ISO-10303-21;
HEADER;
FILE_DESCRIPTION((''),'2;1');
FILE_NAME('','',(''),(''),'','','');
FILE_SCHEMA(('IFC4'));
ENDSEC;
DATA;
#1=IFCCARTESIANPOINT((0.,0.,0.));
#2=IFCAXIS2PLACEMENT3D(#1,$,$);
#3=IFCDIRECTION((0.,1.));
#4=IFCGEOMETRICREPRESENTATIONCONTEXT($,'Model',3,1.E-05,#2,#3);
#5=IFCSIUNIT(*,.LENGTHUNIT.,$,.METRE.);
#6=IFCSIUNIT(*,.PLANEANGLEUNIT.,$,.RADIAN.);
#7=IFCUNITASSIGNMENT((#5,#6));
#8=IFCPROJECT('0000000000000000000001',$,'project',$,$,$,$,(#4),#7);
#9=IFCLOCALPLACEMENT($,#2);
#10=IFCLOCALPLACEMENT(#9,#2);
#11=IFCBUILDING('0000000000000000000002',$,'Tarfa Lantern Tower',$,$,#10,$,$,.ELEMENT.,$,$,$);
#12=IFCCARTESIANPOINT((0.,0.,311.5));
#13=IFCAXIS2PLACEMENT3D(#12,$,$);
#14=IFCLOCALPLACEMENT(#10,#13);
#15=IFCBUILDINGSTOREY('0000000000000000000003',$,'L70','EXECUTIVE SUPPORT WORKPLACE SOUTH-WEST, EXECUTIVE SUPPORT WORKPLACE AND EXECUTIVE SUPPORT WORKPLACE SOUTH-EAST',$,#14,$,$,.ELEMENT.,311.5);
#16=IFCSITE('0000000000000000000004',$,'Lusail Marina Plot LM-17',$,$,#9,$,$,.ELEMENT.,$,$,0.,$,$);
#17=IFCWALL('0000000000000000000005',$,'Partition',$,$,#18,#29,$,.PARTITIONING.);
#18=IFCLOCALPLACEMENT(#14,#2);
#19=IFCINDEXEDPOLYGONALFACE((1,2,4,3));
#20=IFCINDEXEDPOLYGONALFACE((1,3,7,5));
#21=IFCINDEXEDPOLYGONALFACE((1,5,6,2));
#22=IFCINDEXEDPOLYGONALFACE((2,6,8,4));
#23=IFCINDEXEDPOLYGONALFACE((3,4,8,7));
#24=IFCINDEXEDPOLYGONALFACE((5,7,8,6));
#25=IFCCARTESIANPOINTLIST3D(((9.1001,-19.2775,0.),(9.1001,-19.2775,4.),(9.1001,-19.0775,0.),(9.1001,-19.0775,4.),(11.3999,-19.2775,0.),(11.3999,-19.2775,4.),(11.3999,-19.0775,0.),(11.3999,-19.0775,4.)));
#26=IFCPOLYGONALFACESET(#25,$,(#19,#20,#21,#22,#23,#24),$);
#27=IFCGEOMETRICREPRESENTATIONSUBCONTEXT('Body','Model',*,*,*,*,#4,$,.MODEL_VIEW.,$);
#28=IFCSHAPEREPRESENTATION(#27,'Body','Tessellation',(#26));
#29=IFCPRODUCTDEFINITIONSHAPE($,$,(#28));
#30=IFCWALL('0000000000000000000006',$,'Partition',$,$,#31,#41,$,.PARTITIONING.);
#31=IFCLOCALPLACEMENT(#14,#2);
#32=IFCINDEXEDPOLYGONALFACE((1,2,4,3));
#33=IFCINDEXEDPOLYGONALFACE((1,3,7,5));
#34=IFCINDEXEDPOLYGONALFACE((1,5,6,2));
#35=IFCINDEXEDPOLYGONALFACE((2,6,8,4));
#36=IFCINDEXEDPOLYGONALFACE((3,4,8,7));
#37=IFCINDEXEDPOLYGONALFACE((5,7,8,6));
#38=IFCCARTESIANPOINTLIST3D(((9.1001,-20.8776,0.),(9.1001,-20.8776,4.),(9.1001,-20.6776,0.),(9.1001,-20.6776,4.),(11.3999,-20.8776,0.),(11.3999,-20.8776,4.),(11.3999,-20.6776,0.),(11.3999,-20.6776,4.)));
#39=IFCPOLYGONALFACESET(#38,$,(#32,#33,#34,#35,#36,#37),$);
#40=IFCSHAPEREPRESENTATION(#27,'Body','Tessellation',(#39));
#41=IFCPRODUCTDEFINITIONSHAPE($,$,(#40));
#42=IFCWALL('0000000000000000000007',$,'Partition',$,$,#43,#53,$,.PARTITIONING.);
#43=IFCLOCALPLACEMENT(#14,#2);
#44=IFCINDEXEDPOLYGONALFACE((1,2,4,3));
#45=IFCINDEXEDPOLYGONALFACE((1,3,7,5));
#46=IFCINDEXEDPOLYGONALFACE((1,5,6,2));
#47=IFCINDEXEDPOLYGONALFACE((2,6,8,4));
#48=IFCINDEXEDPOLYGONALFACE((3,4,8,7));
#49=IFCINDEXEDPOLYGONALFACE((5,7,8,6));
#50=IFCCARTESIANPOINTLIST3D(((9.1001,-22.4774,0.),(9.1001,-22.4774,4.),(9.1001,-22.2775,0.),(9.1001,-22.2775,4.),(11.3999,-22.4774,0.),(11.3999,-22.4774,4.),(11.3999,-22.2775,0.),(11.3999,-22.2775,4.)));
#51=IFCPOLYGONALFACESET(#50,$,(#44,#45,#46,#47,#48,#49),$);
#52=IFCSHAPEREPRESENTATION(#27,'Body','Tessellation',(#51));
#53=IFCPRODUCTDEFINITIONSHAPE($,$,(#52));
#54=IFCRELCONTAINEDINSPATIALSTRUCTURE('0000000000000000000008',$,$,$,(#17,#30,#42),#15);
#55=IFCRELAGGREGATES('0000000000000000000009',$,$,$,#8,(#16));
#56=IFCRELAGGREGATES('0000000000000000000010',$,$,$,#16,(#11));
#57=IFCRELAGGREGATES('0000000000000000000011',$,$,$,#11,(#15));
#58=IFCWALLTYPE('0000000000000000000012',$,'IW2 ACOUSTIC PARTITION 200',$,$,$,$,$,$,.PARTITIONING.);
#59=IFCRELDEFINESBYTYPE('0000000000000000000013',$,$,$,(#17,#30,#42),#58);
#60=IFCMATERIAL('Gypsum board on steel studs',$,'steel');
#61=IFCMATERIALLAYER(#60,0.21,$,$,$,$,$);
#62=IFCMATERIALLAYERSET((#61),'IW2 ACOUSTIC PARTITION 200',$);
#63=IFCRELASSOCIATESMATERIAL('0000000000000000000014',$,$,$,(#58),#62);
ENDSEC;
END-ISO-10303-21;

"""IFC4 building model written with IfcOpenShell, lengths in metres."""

from ifc_helpers import new_model, si_unit, direction, frame, frame_2d, origin, place, context, subcontext, project, spatial, rectangle, extrude, material, layer, layer_set, type_object, element, save


model = new_model("IFC4")

# Units and contexts
model_context = context("Model", 3, precision=1e-05, world=origin(), true_north=direction((0.0, 1.0)))
body_context = subcontext(model_context, "Body", "Model", "MODEL_VIEW")
ifc_project = project(units=[si_unit("LENGTHUNIT", "METRE"), si_unit("PLANEANGLEUNIT", "RADIAN")], contexts=[model_context])

# Site, building, storey
site_placement = place(None, origin())
site = spatial("IfcSite", under=ifc_project, at=site_placement, Name="Lusail Marina Plot LM-17", CompositionType="ELEMENT", RefElevation=0.0)
building_placement = place(site_placement, origin())
building = spatial("IfcBuilding", under=site, at=building_placement, Name="Tarfa Lantern Tower", CompositionType="ELEMENT")
storey_placement = place(building_placement, frame((0.0, 0.0, 311.5)))
storey = spatial("IfcBuildingStorey", under=building, at=storey_placement, Name="L70", Description="EXECUTIVE SUPPORT WORKPLACE SOUTH-WEST, EXECUTIVE SUPPORT WORKPLACE AND EXECUTIVE SUPPORT WORKPLACE SOUTH-EAST", CompositionType="ELEMENT", Elevation=311.5)

# Walls
ifc_material_1 = material(Name="Gypsum board on steel studs", Category="steel")
ifc_layer_1 = layer(ifc_material_1, 0.21)
ifc_layer_set_1 = layer_set([ifc_layer_1], Name="IW2 ACOUSTIC PARTITION 200")
wall_type = type_object("IfcWallType", Name="IW2 ACOUSTIC PARTITION 200", PredefinedType="PARTITIONING", material=ifc_layer_set_1)
for number, where, z_axis, x_axis, name in (
    (1, (9.1001, -19.1775, 0.0), (0.0, 0.0, 1.0), (1.0, 0.0, 0.0), "Partition"),
    (2, (9.1001, -20.7776, 0.0), (0.0, 0.0, 1.0), (1.0, 0.0, 0.0), "Partition"),
    (3, (9.1001, -22.3774, 0.0), (0.0, 0.0, 1.0), (1.0, 0.0, 0.0), "Partition"),
):
    element("IfcWall", number, at=place(storey_placement, frame(where, z_axis=z_axis, x_axis=x_axis)), inside=storey, type_object=wall_type, Name=name, PredefinedType="PARTITIONING", context=body_context, shape_type="SweptSolid", body=[
        extrude(rectangle(XDim=2.2998, YDim=0.2, at=frame_2d((1.1499, 0.0))), origin(), (0.0, 0.0, 1.0), 4.0),
    ])

save(model, "model.ifc")
